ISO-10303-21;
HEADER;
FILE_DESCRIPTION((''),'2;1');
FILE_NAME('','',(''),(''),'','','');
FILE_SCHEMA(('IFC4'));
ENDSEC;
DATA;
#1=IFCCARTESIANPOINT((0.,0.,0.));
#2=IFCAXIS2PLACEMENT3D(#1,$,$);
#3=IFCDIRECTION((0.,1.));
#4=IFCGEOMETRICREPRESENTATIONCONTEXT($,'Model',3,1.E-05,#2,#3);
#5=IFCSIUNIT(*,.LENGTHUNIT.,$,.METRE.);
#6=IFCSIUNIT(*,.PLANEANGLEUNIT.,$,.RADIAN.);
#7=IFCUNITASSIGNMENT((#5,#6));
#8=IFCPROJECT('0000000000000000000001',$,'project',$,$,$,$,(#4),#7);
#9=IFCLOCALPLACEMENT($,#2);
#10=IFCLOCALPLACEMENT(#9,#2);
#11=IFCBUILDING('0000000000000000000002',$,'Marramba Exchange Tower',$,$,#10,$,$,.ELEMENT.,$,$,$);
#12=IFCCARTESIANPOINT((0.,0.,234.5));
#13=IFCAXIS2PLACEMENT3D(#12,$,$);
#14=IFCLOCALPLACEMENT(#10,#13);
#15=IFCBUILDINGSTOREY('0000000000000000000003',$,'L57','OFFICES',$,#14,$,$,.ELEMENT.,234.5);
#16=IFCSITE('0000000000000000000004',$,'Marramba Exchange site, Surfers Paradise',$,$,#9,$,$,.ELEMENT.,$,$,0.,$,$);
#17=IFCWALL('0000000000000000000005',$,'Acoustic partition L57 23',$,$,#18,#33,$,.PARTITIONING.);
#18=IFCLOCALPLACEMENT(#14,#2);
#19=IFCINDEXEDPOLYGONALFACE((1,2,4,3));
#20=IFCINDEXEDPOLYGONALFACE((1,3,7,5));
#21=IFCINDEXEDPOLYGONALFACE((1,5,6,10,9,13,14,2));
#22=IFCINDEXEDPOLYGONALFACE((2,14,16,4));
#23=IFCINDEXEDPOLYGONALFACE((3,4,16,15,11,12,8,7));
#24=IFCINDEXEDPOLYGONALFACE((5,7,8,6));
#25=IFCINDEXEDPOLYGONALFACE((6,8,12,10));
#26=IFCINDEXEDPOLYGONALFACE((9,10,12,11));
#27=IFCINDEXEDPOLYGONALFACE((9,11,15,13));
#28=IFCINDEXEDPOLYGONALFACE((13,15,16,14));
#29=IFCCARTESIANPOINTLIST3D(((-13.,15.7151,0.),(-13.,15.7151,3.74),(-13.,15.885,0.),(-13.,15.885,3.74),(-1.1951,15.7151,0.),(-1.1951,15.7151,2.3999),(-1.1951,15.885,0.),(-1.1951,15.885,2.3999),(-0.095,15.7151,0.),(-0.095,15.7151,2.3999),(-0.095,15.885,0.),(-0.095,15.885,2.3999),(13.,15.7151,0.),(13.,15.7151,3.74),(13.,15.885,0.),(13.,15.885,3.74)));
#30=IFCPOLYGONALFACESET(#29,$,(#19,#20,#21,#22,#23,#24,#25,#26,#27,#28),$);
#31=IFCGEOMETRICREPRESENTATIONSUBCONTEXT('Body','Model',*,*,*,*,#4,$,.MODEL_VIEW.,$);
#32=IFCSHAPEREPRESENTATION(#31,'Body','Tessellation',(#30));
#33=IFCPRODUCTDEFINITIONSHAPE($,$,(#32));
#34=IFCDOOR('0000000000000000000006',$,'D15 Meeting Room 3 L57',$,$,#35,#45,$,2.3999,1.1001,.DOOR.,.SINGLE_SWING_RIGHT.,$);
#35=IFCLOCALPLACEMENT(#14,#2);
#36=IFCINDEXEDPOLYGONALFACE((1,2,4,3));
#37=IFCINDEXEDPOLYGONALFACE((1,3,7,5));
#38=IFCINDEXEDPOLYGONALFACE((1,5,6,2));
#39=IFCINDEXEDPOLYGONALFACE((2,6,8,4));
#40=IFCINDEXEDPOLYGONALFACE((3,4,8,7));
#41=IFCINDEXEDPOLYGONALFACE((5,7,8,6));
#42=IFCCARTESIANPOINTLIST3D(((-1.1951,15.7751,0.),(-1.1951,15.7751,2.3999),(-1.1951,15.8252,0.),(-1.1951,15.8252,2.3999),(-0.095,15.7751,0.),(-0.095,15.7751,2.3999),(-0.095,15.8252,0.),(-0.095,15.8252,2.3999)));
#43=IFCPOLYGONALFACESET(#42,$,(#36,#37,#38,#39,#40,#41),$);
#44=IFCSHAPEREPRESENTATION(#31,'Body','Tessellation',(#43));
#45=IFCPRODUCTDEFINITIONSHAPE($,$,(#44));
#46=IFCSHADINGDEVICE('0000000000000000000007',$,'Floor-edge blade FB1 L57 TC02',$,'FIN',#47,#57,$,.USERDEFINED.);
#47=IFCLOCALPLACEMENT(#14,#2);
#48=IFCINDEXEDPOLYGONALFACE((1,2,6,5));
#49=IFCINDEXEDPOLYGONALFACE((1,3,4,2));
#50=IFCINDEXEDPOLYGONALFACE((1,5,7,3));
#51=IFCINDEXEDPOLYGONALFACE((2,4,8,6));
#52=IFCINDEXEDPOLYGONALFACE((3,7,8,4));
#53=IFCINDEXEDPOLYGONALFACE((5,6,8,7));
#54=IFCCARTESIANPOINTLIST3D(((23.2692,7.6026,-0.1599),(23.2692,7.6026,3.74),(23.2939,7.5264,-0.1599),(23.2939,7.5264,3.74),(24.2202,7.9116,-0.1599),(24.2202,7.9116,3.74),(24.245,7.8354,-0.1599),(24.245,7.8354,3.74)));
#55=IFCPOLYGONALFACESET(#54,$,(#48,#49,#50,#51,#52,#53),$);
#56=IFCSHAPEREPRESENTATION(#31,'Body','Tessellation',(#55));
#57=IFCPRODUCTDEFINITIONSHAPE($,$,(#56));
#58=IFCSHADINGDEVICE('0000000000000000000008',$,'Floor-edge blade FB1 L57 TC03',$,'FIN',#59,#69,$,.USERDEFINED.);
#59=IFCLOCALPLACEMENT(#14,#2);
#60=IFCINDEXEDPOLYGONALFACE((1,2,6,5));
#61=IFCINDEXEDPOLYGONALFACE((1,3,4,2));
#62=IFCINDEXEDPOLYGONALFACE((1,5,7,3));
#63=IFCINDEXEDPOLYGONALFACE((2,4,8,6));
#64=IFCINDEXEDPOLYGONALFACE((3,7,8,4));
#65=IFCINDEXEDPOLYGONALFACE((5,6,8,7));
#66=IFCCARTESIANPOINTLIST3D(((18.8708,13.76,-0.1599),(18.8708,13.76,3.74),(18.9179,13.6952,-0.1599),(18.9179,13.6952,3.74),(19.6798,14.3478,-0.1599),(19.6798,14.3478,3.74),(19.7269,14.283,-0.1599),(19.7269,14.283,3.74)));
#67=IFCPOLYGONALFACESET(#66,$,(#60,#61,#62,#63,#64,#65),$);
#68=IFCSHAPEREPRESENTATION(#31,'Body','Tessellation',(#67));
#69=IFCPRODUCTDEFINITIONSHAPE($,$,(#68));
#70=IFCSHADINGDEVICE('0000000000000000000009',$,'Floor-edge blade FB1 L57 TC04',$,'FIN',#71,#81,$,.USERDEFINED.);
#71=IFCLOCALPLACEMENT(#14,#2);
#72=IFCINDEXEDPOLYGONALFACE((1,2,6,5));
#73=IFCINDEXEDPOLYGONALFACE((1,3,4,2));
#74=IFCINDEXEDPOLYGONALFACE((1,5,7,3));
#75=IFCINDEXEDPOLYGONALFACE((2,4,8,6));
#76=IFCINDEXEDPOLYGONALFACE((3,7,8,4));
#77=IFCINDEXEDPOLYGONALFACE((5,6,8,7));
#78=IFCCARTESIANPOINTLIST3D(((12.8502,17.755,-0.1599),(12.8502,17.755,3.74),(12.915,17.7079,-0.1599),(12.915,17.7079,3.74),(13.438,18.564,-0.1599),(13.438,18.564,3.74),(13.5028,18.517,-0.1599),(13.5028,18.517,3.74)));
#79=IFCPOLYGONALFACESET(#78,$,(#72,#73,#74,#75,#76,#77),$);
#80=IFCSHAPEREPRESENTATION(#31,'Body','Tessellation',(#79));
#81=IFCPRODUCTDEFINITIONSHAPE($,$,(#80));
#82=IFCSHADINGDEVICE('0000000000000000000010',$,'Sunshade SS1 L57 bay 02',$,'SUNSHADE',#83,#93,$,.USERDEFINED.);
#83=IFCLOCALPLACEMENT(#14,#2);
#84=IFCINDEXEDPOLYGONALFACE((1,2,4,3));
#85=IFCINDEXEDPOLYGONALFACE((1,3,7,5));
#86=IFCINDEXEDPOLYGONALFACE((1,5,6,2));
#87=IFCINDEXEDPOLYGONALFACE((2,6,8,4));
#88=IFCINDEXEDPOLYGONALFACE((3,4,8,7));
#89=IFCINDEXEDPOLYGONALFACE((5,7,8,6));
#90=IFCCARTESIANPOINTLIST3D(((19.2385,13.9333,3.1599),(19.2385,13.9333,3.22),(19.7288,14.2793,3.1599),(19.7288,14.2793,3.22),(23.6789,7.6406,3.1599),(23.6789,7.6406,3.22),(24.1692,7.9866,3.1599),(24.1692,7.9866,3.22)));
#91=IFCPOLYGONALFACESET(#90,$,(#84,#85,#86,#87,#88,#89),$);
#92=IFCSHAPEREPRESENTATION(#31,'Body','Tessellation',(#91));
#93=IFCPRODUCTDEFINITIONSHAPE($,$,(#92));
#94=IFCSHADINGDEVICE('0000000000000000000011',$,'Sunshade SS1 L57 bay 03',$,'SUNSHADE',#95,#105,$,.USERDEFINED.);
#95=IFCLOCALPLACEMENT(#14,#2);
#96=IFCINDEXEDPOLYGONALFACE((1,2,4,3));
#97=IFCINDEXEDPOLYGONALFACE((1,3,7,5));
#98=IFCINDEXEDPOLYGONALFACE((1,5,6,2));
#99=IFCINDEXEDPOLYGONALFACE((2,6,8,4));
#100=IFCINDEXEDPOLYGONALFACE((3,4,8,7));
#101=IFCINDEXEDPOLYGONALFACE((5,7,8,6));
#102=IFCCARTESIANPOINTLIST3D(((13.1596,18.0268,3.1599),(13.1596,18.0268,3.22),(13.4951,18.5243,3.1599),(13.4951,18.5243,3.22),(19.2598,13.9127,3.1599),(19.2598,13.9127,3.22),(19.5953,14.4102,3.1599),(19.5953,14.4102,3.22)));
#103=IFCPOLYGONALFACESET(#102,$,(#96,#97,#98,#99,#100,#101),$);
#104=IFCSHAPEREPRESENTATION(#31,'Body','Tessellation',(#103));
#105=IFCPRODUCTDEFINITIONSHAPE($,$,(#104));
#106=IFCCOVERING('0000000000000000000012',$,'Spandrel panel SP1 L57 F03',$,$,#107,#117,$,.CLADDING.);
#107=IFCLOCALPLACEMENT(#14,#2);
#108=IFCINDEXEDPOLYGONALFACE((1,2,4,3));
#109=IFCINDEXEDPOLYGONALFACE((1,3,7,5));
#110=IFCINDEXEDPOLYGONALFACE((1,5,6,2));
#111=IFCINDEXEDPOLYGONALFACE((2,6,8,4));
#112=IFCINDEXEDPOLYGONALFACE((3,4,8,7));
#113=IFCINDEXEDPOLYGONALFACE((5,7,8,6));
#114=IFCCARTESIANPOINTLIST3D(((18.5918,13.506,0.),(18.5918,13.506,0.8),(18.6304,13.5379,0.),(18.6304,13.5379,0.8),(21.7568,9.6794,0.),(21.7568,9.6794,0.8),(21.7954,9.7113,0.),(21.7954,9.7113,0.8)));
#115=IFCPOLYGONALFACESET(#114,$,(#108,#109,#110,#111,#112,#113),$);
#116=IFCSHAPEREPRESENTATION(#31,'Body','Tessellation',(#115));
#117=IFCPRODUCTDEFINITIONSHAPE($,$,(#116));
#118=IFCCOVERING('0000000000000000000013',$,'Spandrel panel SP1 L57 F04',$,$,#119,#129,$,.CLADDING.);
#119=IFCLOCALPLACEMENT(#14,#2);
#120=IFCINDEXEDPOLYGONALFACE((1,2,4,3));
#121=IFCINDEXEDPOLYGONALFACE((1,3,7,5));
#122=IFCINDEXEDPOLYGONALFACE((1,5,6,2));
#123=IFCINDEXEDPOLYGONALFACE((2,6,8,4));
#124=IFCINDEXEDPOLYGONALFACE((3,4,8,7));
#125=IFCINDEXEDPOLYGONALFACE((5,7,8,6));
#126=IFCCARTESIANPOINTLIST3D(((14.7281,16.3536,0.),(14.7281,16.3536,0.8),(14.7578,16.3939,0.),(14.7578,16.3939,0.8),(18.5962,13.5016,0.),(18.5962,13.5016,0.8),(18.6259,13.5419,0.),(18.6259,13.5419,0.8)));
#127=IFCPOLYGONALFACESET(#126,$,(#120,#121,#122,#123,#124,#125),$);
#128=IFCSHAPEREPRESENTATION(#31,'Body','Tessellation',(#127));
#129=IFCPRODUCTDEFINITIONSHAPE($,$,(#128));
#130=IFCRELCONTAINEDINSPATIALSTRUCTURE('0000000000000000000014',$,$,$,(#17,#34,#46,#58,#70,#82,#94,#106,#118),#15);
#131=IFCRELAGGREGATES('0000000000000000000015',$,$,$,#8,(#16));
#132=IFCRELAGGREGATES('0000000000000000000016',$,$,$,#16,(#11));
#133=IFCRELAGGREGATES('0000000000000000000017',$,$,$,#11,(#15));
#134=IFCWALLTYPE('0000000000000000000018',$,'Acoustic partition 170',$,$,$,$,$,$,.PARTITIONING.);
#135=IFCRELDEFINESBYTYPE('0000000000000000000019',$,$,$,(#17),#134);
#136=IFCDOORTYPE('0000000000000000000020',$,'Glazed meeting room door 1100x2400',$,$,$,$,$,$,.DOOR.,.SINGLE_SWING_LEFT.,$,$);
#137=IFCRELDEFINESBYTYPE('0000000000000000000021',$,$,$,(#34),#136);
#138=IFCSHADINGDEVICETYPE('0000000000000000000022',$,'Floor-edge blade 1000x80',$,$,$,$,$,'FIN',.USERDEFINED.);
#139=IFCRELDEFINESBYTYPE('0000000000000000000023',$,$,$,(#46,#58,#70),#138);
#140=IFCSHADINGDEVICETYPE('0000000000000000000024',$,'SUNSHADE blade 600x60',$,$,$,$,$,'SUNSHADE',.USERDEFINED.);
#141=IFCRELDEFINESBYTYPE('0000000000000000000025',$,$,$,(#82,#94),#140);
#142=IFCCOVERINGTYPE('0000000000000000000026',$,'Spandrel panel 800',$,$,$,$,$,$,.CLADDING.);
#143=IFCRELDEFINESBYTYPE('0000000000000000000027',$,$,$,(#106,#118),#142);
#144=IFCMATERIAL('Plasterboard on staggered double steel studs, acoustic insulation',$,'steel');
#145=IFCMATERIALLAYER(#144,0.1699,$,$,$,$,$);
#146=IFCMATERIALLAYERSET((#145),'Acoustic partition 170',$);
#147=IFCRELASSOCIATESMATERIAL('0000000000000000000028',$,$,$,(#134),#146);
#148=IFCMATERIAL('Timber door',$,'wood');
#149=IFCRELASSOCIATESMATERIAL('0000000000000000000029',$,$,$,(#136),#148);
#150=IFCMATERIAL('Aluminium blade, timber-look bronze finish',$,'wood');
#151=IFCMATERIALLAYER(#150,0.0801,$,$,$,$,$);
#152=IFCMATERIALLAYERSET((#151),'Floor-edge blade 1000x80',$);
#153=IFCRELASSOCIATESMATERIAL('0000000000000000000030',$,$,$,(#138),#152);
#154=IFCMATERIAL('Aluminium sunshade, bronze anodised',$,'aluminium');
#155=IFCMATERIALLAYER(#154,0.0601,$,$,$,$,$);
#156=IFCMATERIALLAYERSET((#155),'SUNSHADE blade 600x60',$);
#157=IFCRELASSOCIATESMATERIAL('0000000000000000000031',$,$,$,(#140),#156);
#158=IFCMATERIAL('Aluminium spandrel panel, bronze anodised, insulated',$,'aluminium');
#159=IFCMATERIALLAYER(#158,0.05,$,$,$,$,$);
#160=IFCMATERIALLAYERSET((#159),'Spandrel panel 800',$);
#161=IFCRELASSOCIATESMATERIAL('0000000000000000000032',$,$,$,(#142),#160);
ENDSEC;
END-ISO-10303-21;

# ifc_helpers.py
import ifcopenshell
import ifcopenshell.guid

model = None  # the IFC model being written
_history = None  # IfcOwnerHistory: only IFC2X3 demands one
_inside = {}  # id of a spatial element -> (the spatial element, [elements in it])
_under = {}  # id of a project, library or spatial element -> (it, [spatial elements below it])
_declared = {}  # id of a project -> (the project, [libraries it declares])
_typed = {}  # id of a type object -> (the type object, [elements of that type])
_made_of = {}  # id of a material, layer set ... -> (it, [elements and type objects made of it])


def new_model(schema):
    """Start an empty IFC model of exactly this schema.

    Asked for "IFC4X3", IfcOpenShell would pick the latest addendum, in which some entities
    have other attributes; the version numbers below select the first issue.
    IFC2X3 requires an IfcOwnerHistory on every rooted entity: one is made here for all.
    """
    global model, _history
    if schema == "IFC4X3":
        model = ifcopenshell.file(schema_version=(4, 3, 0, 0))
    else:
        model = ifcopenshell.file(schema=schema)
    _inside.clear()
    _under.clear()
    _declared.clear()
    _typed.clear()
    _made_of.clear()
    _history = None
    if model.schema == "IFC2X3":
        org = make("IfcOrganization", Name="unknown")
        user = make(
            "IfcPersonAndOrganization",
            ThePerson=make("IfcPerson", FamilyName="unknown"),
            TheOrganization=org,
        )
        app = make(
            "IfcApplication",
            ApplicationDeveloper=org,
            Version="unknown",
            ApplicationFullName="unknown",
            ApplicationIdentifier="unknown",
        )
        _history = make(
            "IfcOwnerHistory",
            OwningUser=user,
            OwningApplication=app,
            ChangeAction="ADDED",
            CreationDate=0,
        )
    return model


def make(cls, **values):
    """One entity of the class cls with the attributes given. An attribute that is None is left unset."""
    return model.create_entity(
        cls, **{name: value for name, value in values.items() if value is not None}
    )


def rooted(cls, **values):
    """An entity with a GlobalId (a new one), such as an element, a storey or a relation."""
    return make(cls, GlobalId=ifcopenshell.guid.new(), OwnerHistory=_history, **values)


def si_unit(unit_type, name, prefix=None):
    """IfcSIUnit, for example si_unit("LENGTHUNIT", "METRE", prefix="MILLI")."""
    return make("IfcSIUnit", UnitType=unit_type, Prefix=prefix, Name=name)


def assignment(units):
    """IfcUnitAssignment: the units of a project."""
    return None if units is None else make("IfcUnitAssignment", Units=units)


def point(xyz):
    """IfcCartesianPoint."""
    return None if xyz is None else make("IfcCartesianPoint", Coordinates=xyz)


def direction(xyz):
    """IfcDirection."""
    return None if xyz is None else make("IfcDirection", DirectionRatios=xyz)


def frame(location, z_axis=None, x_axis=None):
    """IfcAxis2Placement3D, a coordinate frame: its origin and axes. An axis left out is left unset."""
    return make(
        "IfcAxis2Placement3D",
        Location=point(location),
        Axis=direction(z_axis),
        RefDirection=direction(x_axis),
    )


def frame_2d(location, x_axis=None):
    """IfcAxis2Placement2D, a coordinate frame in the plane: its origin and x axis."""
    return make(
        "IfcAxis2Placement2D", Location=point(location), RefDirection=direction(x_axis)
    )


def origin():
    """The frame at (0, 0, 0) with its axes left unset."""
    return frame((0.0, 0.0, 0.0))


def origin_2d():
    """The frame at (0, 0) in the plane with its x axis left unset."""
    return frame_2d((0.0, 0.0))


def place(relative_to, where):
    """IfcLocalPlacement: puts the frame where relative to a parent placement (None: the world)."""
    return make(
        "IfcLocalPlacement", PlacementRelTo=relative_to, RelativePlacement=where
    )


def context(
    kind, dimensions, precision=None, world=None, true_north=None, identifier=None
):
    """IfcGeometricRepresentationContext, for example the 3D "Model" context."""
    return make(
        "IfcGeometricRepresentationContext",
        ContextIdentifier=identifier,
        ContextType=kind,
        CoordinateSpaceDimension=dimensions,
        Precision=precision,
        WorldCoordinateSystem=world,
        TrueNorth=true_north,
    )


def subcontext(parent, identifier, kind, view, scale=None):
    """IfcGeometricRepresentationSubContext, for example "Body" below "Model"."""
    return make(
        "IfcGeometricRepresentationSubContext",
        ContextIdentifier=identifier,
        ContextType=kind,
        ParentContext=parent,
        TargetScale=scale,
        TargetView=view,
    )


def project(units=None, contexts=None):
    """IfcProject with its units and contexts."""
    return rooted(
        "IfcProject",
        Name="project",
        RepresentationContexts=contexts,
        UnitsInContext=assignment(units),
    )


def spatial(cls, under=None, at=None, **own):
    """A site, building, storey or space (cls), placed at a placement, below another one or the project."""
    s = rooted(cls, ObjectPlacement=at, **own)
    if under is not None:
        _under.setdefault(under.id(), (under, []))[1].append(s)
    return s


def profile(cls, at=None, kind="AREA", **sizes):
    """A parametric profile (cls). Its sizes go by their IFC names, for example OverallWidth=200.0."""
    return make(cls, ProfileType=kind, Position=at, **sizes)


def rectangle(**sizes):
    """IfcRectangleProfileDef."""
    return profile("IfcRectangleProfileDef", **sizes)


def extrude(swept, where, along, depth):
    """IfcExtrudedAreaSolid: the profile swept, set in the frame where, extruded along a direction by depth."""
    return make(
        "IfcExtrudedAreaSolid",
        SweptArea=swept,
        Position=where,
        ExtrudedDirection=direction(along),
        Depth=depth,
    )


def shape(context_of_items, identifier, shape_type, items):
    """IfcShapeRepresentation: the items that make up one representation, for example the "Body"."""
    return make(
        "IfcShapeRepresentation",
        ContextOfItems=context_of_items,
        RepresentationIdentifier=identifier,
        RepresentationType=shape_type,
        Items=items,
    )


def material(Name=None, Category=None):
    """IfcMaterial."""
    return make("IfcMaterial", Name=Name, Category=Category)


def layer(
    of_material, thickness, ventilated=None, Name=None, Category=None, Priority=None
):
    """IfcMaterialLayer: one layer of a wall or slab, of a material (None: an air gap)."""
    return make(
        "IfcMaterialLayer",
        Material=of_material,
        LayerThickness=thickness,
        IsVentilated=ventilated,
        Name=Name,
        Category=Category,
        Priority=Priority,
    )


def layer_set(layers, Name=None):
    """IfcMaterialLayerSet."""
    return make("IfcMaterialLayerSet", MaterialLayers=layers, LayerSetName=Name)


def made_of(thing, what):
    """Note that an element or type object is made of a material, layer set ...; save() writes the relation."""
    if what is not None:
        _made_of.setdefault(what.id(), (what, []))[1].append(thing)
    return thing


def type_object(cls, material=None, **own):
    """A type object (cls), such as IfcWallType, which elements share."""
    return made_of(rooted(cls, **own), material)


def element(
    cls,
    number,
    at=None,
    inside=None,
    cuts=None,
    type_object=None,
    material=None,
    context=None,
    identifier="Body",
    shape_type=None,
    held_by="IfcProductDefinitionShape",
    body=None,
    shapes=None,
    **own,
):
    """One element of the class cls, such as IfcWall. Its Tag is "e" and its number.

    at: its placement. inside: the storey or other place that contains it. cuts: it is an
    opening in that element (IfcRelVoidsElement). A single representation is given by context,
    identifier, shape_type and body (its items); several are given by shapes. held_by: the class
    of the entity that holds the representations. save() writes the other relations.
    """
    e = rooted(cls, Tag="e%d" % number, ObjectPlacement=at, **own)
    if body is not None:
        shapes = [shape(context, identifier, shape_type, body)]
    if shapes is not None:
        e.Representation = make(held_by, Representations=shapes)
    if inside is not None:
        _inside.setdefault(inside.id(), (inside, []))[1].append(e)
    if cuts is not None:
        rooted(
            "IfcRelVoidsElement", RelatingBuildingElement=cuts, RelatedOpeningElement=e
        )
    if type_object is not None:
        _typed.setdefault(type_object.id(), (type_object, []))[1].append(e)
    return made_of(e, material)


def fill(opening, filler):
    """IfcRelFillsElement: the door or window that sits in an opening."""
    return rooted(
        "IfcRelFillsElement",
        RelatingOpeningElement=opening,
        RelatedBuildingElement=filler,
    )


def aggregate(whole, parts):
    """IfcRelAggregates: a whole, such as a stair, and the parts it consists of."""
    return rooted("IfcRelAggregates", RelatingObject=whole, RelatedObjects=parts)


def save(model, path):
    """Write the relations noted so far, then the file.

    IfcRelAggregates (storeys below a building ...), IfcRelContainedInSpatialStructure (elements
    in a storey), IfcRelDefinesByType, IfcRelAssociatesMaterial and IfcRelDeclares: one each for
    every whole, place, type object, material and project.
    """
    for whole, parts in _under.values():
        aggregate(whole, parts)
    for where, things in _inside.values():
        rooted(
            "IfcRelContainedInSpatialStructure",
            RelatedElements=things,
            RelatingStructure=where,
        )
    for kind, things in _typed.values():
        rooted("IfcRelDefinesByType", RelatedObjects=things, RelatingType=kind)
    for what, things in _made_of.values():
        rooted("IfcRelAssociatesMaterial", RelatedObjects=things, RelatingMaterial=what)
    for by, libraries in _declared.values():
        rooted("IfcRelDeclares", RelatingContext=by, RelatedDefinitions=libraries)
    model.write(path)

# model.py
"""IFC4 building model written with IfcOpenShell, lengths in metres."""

from ifc_helpers import new_model, si_unit, direction, frame, frame_2d, origin, origin_2d, place, context, subcontext, project, spatial, rectangle, extrude, material, layer, layer_set, type_object, element, fill, save


model = new_model("IFC4")

# Units and contexts
model_context = context("Model", 3, precision=1e-05, world=origin(), true_north=direction((0.0, 1.0)))
body_context = subcontext(model_context, "Body", "Model", "MODEL_VIEW")
ifc_project = project(units=[si_unit("LENGTHUNIT", "METRE"), si_unit("PLANEANGLEUNIT", "RADIAN")], contexts=[model_context])

# Site, building, storey
site_placement = place(None, origin())
site = spatial("IfcSite", under=ifc_project, at=site_placement, Name="Marramba Exchange site, Surfers Paradise", CompositionType="ELEMENT", RefElevation=0.0)
building_placement = place(site_placement, origin())
building = spatial("IfcBuilding", under=site, at=building_placement, Name="Marramba Exchange Tower", CompositionType="ELEMENT")
storey_placement = place(building_placement, frame((0.0, 0.0, 234.5)))
storey = spatial("IfcBuildingStorey", under=building, at=storey_placement, Name="L57", Description="OFFICES", CompositionType="ELEMENT", Elevation=234.5)

# Shared definitions
ifc_material_1 = material(Name="Plasterboard on staggered double steel studs, acoustic insulation", Category="steel")
ifc_layer_1 = layer(ifc_material_1, 0.1699)
ifc_layer_set_1 = layer_set([ifc_layer_1], Name="Acoustic partition 170")
wall_type_1 = type_object("IfcWallType", Name="Acoustic partition 170", PredefinedType="PARTITIONING", material=ifc_layer_set_1)

# Wall, opening, door
wall_1_placement = place(storey_placement, frame((13.0, 15.8, 0.0), z_axis=(0.0, 0.0, 1.0), x_axis=(-1.0, 0.0, 0.0)))
wall_1 = element("IfcWall", 1, at=wall_1_placement, inside=storey, type_object=wall_type_1, Name="Acoustic partition L57 23", PredefinedType="PARTITIONING", context=body_context, shape_type="SweptSolid", body=[
    extrude(rectangle(XDim=26.0, YDim=0.1699, at=frame_2d((13.0, 0.0))), origin(), (0.0, 0.0, 1.0), 3.74),
])
opening_1_placement = place(wall_1_placement, frame((13.095, 0.0, 0.0)))
opening_1 = element("IfcOpeningElement", 2, at=opening_1_placement, cuts=wall_1, PredefinedType="OPENING", context=body_context, shape_type="SweptSolid", body=[
    extrude(rectangle(XDim=1.1001, YDim=2.3999, at=frame_2d((0.55, 1.2))), frame((0.0, 0.095, 0.0), z_axis=(0.0, -1.0, 0.0), x_axis=(1.0, 0.0, 0.0)), (0.0, 0.0, 1.0), 0.1899),
])
ifc_material_2 = material(Name="Timber door", Category="wood")
door_type_1 = type_object("IfcDoorType", Name="Glazed meeting room door 1100x2400", OperationType="SINGLE_SWING_LEFT", PredefinedType="DOOR", material=ifc_material_2)
door_1_placement = place(opening_1_placement, origin())
door_1 = element("IfcDoor", 3, at=door_1_placement, inside=storey, type_object=door_type_1, Name="D15 Meeting Room 3 L57", OperationType="SINGLE_SWING_RIGHT", OverallHeight=2.3999, OverallWidth=1.1001, PredefinedType="DOOR", context=body_context, shape_type="SweptSolid", body=[
    extrude(rectangle(XDim=1.1001, YDim=2.3999, at=frame_2d((0.55, 1.2))), frame((0.0, 0.0249, 0.0), z_axis=(0.0, -1.0, 0.0), x_axis=(1.0, 0.0, 0.0)), (0.0, 0.0, 1.0), 0.05),
])
fill(opening_1, door_1)

# Shading devices
ifc_material_3 = material(Name="Aluminium blade, timber-look bronze finish", Category="wood")
ifc_layer_2 = layer(ifc_material_3, 0.0801)
ifc_layer_set_2 = layer_set([ifc_layer_2], Name="Floor-edge blade 1000x80")
shading_device_type_1 = type_object("IfcShadingDeviceType", Name="Floor-edge blade 1000x80", ElementType="FIN", PredefinedType="USERDEFINED", material=ifc_layer_set_2)
for number, where, z_axis, x_axis, name in (
    (4, (23.7571, 7.719, -0.1599), (0.0, 0.0, 1.0), (0.951057, 0.309017, 0.0), "Floor-edge blade FB1 L57 TC02"),
    (5, (19.2988, 14.0215, -0.1599), (0.0, 0.0, 1.0), (0.809017, 0.587785, 0.0), "Floor-edge blade FB1 L57 TC03"),
    (6, (13.1765, 18.136, -0.1599), (0.0, 0.0, 1.0), (0.587785, 0.809017, 0.0), "Floor-edge blade FB1 L57 TC04"),
):
    element("IfcShadingDevice", number, at=place(storey_placement, frame(where, z_axis=z_axis, x_axis=x_axis)), inside=storey, type_object=shading_device_type_1, Name=name, ObjectType="FIN", PredefinedType="USERDEFINED", context=body_context, shape_type="SweptSolid", body=[
        extrude(rectangle(XDim=1.0, YDim=0.0801, at=origin_2d()), origin(), (0.0, 0.0, 1.0), 3.8999),
    ])
ifc_material_4 = material(Name="Aluminium sunshade, bronze anodised", Category="aluminium")
ifc_layer_3 = layer(ifc_material_4, 0.0601)
ifc_layer_set_3 = layer_set([ifc_layer_3], Name="SUNSHADE blade 600x60")
shading_device_type_2 = type_object("IfcShadingDeviceType", Name="SUNSHADE blade 600x60", ElementType="SUNSHADE", PredefinedType="USERDEFINED", material=ifc_layer_set_3)
shading_device_1_placement = place(storey_placement, frame((21.7039, 10.96, 3.1599), z_axis=(0.0, 0.0, 1.0), x_axis=(-0.576555, 0.817058, 0.0)))
element("IfcShadingDevice", 7, at=shading_device_1_placement, inside=storey, type_object=shading_device_type_2, Name="Sunshade SS1 L57 bay 02", ObjectType="SUNSHADE", PredefinedType="USERDEFINED", context=body_context, shape_type="SweptSolid", body=[
    extrude(rectangle(XDim=7.7017, YDim=0.6001, at=origin_2d()), origin(), (0.0, 0.0, 1.0), 0.0601),
])
shading_device_2_placement = place(storey_placement, frame((16.3774, 16.2185, 3.1599), z_axis=(0.0, 0.0, 1.0), x_axis=(-0.829071, 0.559143, 0.0)))
element("IfcShadingDevice", 8, at=shading_device_2_placement, inside=storey, type_object=shading_device_type_2, Name="Sunshade SS1 L57 bay 03", ObjectType="SUNSHADE", PredefinedType="USERDEFINED", context=body_context, shape_type="SweptSolid", body=[
    extrude(rectangle(XDim=7.3579, YDim=0.6001, at=origin_2d()), origin(), (0.0, 0.0, 1.0), 0.0601),
])

# Coverings
ifc_material_5 = material(Name="Aluminium spandrel panel, bronze anodised, insulated", Category="aluminium")
ifc_layer_4 = layer(ifc_material_5, 0.05)
ifc_layer_set_4 = layer_set([ifc_layer_4], Name="Spandrel panel 800")
covering_type = type_object("IfcCoveringType", Name="Spandrel panel 800", PredefinedType="CLADDING", material=ifc_layer_set_4)
covering_1_placement = place(storey_placement, frame((20.1936, 11.6086, 0.0), z_axis=(0.0, 0.0, 1.0), x_axis=(-0.63735, 0.770574, 0.0)))
element("IfcCovering", 9, at=covering_1_placement, inside=storey, type_object=covering_type, Name="Spandrel panel SP1 L57 F03", PredefinedType="CLADDING", context=body_context, shape_type="SweptSolid", body=[
    extrude(rectangle(XDim=4.9658, YDim=0.05, at=origin_2d()), origin(), (0.0, 0.0, 1.0), 0.8),
])
covering_2_placement = place(storey_placement, frame((16.677, 14.9478, 0.0), z_axis=(0.0, 0.0, 1.0), x_axis=(-0.804877, 0.593441, 0.0)))
element("IfcCovering", 10, at=covering_2_placement, inside=storey, type_object=covering_type, Name="Spandrel panel SP1 L57 F04", PredefinedType="CLADDING", context=body_context, shape_type="SweptSolid", body=[
    extrude(rectangle(XDim=4.8059, YDim=0.05, at=origin_2d()), origin(), (0.0, 0.0, 1.0), 0.8),
])

save(model, "model.ifc")
